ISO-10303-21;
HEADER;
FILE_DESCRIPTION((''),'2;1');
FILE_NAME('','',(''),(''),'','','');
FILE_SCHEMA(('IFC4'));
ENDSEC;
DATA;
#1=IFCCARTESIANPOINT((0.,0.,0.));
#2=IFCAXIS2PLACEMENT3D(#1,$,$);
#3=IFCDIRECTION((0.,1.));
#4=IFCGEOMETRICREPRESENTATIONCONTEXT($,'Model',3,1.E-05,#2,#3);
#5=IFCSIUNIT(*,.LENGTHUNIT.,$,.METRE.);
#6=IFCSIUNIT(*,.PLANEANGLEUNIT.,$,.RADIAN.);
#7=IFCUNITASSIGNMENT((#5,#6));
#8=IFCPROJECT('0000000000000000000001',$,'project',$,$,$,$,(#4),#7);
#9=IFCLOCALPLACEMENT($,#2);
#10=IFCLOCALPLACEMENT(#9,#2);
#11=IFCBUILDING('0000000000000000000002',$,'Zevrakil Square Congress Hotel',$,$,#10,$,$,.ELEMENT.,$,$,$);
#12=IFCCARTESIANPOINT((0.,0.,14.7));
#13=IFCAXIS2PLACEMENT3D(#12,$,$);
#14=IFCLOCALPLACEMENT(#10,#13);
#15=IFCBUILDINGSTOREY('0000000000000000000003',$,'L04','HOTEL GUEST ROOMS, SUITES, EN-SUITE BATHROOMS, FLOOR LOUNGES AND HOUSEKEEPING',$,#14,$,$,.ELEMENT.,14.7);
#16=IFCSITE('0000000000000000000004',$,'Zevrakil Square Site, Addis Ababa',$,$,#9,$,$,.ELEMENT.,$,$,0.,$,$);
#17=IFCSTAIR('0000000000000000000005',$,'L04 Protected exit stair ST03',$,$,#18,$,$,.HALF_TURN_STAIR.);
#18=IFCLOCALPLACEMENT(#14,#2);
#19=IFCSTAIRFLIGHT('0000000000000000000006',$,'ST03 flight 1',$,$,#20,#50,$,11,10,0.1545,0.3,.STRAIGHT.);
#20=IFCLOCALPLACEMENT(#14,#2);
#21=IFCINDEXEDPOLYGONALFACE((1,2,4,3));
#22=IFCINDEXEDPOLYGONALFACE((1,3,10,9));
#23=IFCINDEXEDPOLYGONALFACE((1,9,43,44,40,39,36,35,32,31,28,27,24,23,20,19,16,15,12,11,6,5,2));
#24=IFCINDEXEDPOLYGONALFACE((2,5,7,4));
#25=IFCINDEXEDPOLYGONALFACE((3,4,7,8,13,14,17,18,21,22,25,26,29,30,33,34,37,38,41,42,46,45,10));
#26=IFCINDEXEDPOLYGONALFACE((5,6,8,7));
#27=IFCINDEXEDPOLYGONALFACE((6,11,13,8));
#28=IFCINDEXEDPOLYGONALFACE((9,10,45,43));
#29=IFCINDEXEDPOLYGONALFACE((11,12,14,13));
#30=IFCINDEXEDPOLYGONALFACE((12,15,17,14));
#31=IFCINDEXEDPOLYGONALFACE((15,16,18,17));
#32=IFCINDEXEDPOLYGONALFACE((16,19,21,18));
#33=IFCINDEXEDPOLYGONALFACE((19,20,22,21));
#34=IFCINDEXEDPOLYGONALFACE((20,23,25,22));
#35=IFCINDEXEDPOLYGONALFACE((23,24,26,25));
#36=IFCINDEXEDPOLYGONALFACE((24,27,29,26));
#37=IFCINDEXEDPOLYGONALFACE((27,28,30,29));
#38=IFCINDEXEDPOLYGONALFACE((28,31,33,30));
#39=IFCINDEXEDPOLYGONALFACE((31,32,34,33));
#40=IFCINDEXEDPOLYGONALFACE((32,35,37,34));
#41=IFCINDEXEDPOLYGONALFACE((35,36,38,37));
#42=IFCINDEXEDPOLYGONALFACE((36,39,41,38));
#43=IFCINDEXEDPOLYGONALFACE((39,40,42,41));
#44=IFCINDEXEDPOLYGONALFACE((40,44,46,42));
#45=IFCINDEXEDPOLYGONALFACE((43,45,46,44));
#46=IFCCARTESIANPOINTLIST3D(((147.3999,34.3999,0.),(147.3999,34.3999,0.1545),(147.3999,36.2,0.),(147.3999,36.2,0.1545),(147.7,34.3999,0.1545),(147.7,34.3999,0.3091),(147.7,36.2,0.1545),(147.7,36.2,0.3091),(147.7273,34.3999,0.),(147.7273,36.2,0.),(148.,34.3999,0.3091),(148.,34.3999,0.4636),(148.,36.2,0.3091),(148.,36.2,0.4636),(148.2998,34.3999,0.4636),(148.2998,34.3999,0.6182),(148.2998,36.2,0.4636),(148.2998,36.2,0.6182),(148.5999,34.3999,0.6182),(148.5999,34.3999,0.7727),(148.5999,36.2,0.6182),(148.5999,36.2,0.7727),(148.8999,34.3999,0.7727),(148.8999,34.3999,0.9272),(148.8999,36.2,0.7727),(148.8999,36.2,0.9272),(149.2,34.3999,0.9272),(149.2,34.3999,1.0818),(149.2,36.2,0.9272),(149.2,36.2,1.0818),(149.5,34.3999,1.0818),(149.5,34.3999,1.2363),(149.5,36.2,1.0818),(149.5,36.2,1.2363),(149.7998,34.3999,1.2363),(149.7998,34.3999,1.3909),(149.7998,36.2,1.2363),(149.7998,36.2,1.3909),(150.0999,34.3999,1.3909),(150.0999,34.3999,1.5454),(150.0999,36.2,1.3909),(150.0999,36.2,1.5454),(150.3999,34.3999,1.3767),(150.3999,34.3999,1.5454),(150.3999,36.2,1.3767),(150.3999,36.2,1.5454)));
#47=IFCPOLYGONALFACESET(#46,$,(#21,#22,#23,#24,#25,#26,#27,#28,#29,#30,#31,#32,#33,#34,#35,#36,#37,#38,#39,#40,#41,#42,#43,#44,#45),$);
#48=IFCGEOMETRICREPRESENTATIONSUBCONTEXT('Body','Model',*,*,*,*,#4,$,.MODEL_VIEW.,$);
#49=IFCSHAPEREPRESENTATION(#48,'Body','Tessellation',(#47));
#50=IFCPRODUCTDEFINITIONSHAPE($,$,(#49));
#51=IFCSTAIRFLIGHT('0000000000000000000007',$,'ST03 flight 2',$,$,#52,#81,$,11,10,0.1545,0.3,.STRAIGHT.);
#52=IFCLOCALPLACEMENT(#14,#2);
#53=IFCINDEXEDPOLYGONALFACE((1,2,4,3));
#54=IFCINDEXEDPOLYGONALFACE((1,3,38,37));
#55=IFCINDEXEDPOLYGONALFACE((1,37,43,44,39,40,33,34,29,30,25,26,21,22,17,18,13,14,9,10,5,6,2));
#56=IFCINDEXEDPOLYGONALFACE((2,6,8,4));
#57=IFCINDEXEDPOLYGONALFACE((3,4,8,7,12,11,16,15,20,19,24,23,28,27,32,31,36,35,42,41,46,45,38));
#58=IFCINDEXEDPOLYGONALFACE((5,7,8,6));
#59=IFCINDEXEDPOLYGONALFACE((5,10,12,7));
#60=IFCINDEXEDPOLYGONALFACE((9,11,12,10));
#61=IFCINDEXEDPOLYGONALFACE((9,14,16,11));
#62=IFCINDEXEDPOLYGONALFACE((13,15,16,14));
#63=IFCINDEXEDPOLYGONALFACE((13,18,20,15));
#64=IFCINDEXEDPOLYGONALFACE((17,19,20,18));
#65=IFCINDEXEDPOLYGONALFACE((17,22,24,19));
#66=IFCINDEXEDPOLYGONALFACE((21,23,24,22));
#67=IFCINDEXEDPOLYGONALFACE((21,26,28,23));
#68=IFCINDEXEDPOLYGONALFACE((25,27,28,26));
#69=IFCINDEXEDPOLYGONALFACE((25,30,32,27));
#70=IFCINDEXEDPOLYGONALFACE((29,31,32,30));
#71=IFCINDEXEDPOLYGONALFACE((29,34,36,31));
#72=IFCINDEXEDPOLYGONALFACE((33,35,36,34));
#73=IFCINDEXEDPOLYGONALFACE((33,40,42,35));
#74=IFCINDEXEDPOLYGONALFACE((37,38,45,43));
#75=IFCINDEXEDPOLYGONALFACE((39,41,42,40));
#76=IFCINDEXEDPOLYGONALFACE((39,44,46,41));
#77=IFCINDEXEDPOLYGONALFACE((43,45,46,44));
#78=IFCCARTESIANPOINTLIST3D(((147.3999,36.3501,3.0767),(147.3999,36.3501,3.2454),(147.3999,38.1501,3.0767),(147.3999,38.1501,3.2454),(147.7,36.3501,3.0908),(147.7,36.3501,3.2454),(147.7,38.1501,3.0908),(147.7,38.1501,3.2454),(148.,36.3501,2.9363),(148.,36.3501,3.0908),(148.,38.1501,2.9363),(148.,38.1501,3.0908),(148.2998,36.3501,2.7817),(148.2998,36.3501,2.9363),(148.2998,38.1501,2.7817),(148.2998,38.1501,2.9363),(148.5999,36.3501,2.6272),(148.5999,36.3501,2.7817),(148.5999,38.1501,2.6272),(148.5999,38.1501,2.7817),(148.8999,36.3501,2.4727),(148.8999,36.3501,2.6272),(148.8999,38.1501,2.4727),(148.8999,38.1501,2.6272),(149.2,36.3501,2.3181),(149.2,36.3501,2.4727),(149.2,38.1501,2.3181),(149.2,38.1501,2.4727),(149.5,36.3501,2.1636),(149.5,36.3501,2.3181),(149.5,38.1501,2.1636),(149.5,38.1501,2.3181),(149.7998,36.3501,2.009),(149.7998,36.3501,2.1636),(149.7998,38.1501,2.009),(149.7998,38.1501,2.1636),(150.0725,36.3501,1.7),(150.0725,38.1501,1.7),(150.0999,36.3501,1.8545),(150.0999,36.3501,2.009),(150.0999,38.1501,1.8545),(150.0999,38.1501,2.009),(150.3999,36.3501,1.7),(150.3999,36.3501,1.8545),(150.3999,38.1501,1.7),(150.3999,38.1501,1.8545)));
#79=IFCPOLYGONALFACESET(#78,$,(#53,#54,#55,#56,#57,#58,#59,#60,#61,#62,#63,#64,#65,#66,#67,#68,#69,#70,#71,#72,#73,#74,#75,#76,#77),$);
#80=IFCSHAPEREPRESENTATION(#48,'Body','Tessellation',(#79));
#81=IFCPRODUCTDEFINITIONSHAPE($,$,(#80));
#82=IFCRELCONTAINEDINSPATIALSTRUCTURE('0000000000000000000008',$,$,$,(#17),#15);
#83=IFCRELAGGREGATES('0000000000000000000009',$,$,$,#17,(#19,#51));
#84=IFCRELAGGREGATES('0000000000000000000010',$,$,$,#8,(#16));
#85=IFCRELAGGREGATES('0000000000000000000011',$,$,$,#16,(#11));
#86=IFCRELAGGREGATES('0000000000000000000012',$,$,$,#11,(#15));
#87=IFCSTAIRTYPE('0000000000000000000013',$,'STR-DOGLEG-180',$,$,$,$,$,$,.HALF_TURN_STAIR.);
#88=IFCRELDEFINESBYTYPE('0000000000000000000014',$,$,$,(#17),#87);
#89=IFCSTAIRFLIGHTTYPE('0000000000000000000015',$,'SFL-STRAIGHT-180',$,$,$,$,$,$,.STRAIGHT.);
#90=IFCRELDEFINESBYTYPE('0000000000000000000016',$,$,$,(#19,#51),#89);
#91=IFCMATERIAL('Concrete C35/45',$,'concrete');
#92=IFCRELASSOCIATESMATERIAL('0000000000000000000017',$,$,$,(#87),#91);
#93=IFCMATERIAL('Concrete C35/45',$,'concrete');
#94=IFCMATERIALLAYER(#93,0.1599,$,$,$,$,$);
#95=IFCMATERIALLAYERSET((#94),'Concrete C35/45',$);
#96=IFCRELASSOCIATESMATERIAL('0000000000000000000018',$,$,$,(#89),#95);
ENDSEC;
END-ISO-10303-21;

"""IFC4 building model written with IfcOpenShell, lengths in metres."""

from ifc_helpers import new_model, si_unit, direction, frame, origin, place, context, subcontext, project, spatial, polyline, outline, extrude, material, layer, layer_set, type_object, element, aggregate, save


model = new_model("IFC4")

# Units and contexts
model_context = context("Model", 3, precision=1e-05, world=origin(), true_north=direction((0.0, 1.0)))
body_context = subcontext(model_context, "Body", "Model", "MODEL_VIEW")
ifc_project = project(units=[si_unit("LENGTHUNIT", "METRE"), si_unit("PLANEANGLEUNIT", "RADIAN")], contexts=[model_context])

# Site, building, storey
site_placement = place(None, origin())
site = spatial("IfcSite", under=ifc_project, at=site_placement, Name="Zevrakil Square Site, Addis Ababa", CompositionType="ELEMENT", RefElevation=0.0)
building_placement = place(site_placement, origin())
building = spatial("IfcBuilding", under=site, at=building_placement, Name="Zevrakil Square Congress Hotel", CompositionType="ELEMENT")
storey_placement = place(building_placement, frame((0.0, 0.0, 14.7)))
storey = spatial("IfcBuildingStorey", under=building, at=storey_placement, Name="L04", Description="HOTEL GUEST ROOMS, SUITES, EN-SUITE BATHROOMS, FLOOR LOUNGES AND HOUSEKEEPING", CompositionType="ELEMENT", Elevation=14.7)

# Stair, stair flights
ifc_material_1 = material(Name="Concrete C35/45", Category="concrete")
stair_type = type_object("IfcStairType", Name="STR-DOGLEG-180", PredefinedType="HALF_TURN_STAIR", material=ifc_material_1)
stair_placement = place(storey_placement, origin())
stair = element("IfcStair", 1, at=stair_placement, inside=storey, type_object=stair_type, Name="L04 Protected exit stair ST03", PredefinedType="HALF_TURN_STAIR")
ifc_material_2 = material(Name="Concrete C35/45", Category="concrete")
ifc_layer_1 = layer(ifc_material_2, 0.1599)
ifc_layer_set_1 = layer_set([ifc_layer_1], Name="Concrete C35/45")
stair_flight_type = type_object("IfcStairFlightType", Name="SFL-STRAIGHT-180", PredefinedType="STRAIGHT", material=ifc_layer_set_1)
stair_flight_1_placement = place(storey_placement, frame((147.3999, 35.3, 0.0), z_axis=(0.0, 0.0, 1.0), x_axis=(1.0, 0.0, 0.0)))
stair_flight_1 = element("IfcStairFlight", 2, at=stair_flight_1_placement, type_object=stair_flight_type, Name="ST03 flight 1", NumberOfRisers=11, NumberOfTreads=10, PredefinedType="STRAIGHT", RiserHeight=0.1545, TreadLength=0.3, context=body_context, shape_type="SweptSolid", body=[
    extrude(outline(polyline([(0.0, 0.0), (0.0, 0.1545), (0.3, 0.1545), (0.3, 0.3091), (0.6001, 0.3091), (0.6001, 0.4636), (0.8999, 0.4636), (0.8999, 0.6182), (1.2, 0.6182), (1.2, 0.7727), (1.5, 0.7727), (1.5, 0.9272), (1.8, 0.9272), (1.8, 1.0818), (2.1001, 1.0818), (2.1001, 1.2363), (2.3999, 1.2363), (2.3999, 1.3909), (2.7, 1.3909), (2.7, 1.5454), (3.0, 1.5454), (3.0, 1.7), (3.0, 1.3767), (0.3274, 0.0), (0.0, 0.0)])), frame((0.0, 0.8999, 0.0), z_axis=(0.0, -1.0, 0.0), x_axis=(1.0, 0.0, 0.0)), (0.0, 0.0, 1.0), 1.8),
])
stair_flight_2_placement = place(storey_placement, frame((150.3999, 37.25, 1.7), z_axis=(0.0, 0.0, 1.0), x_axis=(-1.0, 0.0, 0.0)))
stair_flight_2 = element("IfcStairFlight", 3, at=stair_flight_2_placement, type_object=stair_flight_type, Name="ST03 flight 2", NumberOfRisers=11, NumberOfTreads=10, PredefinedType="STRAIGHT", RiserHeight=0.1545, TreadLength=0.3, context=body_context, shape_type="SweptSolid", body=[
    extrude(outline(polyline([(0.0, 0.0), (0.0, 0.1545), (0.3, 0.1545), (0.3, 0.3091), (0.6001, 0.3091), (0.6001, 0.4636), (0.8999, 0.4636), (0.8999, 0.6182), (1.2, 0.6182), (1.2, 0.7727), (1.5, 0.7727), (1.5, 0.9272), (1.8, 0.9272), (1.8, 1.0818), (2.1001, 1.0818), (2.1001, 1.2363), (2.3999, 1.2363), (2.3999, 1.3909), (2.7, 1.3909), (2.7, 1.5454), (3.0, 1.5454), (3.0, 1.7), (3.0, 1.3767), (0.3274, 0.0), (0.0, 0.0)])), frame((0.0, 0.8999, 0.0), z_axis=(0.0, -1.0, 0.0), x_axis=(1.0, 0.0, 0.0)), (0.0, 0.0, 1.0), 1.8),
])
aggregate(stair, [stair_flight_1, stair_flight_2])

save(model, "model.ifc")
